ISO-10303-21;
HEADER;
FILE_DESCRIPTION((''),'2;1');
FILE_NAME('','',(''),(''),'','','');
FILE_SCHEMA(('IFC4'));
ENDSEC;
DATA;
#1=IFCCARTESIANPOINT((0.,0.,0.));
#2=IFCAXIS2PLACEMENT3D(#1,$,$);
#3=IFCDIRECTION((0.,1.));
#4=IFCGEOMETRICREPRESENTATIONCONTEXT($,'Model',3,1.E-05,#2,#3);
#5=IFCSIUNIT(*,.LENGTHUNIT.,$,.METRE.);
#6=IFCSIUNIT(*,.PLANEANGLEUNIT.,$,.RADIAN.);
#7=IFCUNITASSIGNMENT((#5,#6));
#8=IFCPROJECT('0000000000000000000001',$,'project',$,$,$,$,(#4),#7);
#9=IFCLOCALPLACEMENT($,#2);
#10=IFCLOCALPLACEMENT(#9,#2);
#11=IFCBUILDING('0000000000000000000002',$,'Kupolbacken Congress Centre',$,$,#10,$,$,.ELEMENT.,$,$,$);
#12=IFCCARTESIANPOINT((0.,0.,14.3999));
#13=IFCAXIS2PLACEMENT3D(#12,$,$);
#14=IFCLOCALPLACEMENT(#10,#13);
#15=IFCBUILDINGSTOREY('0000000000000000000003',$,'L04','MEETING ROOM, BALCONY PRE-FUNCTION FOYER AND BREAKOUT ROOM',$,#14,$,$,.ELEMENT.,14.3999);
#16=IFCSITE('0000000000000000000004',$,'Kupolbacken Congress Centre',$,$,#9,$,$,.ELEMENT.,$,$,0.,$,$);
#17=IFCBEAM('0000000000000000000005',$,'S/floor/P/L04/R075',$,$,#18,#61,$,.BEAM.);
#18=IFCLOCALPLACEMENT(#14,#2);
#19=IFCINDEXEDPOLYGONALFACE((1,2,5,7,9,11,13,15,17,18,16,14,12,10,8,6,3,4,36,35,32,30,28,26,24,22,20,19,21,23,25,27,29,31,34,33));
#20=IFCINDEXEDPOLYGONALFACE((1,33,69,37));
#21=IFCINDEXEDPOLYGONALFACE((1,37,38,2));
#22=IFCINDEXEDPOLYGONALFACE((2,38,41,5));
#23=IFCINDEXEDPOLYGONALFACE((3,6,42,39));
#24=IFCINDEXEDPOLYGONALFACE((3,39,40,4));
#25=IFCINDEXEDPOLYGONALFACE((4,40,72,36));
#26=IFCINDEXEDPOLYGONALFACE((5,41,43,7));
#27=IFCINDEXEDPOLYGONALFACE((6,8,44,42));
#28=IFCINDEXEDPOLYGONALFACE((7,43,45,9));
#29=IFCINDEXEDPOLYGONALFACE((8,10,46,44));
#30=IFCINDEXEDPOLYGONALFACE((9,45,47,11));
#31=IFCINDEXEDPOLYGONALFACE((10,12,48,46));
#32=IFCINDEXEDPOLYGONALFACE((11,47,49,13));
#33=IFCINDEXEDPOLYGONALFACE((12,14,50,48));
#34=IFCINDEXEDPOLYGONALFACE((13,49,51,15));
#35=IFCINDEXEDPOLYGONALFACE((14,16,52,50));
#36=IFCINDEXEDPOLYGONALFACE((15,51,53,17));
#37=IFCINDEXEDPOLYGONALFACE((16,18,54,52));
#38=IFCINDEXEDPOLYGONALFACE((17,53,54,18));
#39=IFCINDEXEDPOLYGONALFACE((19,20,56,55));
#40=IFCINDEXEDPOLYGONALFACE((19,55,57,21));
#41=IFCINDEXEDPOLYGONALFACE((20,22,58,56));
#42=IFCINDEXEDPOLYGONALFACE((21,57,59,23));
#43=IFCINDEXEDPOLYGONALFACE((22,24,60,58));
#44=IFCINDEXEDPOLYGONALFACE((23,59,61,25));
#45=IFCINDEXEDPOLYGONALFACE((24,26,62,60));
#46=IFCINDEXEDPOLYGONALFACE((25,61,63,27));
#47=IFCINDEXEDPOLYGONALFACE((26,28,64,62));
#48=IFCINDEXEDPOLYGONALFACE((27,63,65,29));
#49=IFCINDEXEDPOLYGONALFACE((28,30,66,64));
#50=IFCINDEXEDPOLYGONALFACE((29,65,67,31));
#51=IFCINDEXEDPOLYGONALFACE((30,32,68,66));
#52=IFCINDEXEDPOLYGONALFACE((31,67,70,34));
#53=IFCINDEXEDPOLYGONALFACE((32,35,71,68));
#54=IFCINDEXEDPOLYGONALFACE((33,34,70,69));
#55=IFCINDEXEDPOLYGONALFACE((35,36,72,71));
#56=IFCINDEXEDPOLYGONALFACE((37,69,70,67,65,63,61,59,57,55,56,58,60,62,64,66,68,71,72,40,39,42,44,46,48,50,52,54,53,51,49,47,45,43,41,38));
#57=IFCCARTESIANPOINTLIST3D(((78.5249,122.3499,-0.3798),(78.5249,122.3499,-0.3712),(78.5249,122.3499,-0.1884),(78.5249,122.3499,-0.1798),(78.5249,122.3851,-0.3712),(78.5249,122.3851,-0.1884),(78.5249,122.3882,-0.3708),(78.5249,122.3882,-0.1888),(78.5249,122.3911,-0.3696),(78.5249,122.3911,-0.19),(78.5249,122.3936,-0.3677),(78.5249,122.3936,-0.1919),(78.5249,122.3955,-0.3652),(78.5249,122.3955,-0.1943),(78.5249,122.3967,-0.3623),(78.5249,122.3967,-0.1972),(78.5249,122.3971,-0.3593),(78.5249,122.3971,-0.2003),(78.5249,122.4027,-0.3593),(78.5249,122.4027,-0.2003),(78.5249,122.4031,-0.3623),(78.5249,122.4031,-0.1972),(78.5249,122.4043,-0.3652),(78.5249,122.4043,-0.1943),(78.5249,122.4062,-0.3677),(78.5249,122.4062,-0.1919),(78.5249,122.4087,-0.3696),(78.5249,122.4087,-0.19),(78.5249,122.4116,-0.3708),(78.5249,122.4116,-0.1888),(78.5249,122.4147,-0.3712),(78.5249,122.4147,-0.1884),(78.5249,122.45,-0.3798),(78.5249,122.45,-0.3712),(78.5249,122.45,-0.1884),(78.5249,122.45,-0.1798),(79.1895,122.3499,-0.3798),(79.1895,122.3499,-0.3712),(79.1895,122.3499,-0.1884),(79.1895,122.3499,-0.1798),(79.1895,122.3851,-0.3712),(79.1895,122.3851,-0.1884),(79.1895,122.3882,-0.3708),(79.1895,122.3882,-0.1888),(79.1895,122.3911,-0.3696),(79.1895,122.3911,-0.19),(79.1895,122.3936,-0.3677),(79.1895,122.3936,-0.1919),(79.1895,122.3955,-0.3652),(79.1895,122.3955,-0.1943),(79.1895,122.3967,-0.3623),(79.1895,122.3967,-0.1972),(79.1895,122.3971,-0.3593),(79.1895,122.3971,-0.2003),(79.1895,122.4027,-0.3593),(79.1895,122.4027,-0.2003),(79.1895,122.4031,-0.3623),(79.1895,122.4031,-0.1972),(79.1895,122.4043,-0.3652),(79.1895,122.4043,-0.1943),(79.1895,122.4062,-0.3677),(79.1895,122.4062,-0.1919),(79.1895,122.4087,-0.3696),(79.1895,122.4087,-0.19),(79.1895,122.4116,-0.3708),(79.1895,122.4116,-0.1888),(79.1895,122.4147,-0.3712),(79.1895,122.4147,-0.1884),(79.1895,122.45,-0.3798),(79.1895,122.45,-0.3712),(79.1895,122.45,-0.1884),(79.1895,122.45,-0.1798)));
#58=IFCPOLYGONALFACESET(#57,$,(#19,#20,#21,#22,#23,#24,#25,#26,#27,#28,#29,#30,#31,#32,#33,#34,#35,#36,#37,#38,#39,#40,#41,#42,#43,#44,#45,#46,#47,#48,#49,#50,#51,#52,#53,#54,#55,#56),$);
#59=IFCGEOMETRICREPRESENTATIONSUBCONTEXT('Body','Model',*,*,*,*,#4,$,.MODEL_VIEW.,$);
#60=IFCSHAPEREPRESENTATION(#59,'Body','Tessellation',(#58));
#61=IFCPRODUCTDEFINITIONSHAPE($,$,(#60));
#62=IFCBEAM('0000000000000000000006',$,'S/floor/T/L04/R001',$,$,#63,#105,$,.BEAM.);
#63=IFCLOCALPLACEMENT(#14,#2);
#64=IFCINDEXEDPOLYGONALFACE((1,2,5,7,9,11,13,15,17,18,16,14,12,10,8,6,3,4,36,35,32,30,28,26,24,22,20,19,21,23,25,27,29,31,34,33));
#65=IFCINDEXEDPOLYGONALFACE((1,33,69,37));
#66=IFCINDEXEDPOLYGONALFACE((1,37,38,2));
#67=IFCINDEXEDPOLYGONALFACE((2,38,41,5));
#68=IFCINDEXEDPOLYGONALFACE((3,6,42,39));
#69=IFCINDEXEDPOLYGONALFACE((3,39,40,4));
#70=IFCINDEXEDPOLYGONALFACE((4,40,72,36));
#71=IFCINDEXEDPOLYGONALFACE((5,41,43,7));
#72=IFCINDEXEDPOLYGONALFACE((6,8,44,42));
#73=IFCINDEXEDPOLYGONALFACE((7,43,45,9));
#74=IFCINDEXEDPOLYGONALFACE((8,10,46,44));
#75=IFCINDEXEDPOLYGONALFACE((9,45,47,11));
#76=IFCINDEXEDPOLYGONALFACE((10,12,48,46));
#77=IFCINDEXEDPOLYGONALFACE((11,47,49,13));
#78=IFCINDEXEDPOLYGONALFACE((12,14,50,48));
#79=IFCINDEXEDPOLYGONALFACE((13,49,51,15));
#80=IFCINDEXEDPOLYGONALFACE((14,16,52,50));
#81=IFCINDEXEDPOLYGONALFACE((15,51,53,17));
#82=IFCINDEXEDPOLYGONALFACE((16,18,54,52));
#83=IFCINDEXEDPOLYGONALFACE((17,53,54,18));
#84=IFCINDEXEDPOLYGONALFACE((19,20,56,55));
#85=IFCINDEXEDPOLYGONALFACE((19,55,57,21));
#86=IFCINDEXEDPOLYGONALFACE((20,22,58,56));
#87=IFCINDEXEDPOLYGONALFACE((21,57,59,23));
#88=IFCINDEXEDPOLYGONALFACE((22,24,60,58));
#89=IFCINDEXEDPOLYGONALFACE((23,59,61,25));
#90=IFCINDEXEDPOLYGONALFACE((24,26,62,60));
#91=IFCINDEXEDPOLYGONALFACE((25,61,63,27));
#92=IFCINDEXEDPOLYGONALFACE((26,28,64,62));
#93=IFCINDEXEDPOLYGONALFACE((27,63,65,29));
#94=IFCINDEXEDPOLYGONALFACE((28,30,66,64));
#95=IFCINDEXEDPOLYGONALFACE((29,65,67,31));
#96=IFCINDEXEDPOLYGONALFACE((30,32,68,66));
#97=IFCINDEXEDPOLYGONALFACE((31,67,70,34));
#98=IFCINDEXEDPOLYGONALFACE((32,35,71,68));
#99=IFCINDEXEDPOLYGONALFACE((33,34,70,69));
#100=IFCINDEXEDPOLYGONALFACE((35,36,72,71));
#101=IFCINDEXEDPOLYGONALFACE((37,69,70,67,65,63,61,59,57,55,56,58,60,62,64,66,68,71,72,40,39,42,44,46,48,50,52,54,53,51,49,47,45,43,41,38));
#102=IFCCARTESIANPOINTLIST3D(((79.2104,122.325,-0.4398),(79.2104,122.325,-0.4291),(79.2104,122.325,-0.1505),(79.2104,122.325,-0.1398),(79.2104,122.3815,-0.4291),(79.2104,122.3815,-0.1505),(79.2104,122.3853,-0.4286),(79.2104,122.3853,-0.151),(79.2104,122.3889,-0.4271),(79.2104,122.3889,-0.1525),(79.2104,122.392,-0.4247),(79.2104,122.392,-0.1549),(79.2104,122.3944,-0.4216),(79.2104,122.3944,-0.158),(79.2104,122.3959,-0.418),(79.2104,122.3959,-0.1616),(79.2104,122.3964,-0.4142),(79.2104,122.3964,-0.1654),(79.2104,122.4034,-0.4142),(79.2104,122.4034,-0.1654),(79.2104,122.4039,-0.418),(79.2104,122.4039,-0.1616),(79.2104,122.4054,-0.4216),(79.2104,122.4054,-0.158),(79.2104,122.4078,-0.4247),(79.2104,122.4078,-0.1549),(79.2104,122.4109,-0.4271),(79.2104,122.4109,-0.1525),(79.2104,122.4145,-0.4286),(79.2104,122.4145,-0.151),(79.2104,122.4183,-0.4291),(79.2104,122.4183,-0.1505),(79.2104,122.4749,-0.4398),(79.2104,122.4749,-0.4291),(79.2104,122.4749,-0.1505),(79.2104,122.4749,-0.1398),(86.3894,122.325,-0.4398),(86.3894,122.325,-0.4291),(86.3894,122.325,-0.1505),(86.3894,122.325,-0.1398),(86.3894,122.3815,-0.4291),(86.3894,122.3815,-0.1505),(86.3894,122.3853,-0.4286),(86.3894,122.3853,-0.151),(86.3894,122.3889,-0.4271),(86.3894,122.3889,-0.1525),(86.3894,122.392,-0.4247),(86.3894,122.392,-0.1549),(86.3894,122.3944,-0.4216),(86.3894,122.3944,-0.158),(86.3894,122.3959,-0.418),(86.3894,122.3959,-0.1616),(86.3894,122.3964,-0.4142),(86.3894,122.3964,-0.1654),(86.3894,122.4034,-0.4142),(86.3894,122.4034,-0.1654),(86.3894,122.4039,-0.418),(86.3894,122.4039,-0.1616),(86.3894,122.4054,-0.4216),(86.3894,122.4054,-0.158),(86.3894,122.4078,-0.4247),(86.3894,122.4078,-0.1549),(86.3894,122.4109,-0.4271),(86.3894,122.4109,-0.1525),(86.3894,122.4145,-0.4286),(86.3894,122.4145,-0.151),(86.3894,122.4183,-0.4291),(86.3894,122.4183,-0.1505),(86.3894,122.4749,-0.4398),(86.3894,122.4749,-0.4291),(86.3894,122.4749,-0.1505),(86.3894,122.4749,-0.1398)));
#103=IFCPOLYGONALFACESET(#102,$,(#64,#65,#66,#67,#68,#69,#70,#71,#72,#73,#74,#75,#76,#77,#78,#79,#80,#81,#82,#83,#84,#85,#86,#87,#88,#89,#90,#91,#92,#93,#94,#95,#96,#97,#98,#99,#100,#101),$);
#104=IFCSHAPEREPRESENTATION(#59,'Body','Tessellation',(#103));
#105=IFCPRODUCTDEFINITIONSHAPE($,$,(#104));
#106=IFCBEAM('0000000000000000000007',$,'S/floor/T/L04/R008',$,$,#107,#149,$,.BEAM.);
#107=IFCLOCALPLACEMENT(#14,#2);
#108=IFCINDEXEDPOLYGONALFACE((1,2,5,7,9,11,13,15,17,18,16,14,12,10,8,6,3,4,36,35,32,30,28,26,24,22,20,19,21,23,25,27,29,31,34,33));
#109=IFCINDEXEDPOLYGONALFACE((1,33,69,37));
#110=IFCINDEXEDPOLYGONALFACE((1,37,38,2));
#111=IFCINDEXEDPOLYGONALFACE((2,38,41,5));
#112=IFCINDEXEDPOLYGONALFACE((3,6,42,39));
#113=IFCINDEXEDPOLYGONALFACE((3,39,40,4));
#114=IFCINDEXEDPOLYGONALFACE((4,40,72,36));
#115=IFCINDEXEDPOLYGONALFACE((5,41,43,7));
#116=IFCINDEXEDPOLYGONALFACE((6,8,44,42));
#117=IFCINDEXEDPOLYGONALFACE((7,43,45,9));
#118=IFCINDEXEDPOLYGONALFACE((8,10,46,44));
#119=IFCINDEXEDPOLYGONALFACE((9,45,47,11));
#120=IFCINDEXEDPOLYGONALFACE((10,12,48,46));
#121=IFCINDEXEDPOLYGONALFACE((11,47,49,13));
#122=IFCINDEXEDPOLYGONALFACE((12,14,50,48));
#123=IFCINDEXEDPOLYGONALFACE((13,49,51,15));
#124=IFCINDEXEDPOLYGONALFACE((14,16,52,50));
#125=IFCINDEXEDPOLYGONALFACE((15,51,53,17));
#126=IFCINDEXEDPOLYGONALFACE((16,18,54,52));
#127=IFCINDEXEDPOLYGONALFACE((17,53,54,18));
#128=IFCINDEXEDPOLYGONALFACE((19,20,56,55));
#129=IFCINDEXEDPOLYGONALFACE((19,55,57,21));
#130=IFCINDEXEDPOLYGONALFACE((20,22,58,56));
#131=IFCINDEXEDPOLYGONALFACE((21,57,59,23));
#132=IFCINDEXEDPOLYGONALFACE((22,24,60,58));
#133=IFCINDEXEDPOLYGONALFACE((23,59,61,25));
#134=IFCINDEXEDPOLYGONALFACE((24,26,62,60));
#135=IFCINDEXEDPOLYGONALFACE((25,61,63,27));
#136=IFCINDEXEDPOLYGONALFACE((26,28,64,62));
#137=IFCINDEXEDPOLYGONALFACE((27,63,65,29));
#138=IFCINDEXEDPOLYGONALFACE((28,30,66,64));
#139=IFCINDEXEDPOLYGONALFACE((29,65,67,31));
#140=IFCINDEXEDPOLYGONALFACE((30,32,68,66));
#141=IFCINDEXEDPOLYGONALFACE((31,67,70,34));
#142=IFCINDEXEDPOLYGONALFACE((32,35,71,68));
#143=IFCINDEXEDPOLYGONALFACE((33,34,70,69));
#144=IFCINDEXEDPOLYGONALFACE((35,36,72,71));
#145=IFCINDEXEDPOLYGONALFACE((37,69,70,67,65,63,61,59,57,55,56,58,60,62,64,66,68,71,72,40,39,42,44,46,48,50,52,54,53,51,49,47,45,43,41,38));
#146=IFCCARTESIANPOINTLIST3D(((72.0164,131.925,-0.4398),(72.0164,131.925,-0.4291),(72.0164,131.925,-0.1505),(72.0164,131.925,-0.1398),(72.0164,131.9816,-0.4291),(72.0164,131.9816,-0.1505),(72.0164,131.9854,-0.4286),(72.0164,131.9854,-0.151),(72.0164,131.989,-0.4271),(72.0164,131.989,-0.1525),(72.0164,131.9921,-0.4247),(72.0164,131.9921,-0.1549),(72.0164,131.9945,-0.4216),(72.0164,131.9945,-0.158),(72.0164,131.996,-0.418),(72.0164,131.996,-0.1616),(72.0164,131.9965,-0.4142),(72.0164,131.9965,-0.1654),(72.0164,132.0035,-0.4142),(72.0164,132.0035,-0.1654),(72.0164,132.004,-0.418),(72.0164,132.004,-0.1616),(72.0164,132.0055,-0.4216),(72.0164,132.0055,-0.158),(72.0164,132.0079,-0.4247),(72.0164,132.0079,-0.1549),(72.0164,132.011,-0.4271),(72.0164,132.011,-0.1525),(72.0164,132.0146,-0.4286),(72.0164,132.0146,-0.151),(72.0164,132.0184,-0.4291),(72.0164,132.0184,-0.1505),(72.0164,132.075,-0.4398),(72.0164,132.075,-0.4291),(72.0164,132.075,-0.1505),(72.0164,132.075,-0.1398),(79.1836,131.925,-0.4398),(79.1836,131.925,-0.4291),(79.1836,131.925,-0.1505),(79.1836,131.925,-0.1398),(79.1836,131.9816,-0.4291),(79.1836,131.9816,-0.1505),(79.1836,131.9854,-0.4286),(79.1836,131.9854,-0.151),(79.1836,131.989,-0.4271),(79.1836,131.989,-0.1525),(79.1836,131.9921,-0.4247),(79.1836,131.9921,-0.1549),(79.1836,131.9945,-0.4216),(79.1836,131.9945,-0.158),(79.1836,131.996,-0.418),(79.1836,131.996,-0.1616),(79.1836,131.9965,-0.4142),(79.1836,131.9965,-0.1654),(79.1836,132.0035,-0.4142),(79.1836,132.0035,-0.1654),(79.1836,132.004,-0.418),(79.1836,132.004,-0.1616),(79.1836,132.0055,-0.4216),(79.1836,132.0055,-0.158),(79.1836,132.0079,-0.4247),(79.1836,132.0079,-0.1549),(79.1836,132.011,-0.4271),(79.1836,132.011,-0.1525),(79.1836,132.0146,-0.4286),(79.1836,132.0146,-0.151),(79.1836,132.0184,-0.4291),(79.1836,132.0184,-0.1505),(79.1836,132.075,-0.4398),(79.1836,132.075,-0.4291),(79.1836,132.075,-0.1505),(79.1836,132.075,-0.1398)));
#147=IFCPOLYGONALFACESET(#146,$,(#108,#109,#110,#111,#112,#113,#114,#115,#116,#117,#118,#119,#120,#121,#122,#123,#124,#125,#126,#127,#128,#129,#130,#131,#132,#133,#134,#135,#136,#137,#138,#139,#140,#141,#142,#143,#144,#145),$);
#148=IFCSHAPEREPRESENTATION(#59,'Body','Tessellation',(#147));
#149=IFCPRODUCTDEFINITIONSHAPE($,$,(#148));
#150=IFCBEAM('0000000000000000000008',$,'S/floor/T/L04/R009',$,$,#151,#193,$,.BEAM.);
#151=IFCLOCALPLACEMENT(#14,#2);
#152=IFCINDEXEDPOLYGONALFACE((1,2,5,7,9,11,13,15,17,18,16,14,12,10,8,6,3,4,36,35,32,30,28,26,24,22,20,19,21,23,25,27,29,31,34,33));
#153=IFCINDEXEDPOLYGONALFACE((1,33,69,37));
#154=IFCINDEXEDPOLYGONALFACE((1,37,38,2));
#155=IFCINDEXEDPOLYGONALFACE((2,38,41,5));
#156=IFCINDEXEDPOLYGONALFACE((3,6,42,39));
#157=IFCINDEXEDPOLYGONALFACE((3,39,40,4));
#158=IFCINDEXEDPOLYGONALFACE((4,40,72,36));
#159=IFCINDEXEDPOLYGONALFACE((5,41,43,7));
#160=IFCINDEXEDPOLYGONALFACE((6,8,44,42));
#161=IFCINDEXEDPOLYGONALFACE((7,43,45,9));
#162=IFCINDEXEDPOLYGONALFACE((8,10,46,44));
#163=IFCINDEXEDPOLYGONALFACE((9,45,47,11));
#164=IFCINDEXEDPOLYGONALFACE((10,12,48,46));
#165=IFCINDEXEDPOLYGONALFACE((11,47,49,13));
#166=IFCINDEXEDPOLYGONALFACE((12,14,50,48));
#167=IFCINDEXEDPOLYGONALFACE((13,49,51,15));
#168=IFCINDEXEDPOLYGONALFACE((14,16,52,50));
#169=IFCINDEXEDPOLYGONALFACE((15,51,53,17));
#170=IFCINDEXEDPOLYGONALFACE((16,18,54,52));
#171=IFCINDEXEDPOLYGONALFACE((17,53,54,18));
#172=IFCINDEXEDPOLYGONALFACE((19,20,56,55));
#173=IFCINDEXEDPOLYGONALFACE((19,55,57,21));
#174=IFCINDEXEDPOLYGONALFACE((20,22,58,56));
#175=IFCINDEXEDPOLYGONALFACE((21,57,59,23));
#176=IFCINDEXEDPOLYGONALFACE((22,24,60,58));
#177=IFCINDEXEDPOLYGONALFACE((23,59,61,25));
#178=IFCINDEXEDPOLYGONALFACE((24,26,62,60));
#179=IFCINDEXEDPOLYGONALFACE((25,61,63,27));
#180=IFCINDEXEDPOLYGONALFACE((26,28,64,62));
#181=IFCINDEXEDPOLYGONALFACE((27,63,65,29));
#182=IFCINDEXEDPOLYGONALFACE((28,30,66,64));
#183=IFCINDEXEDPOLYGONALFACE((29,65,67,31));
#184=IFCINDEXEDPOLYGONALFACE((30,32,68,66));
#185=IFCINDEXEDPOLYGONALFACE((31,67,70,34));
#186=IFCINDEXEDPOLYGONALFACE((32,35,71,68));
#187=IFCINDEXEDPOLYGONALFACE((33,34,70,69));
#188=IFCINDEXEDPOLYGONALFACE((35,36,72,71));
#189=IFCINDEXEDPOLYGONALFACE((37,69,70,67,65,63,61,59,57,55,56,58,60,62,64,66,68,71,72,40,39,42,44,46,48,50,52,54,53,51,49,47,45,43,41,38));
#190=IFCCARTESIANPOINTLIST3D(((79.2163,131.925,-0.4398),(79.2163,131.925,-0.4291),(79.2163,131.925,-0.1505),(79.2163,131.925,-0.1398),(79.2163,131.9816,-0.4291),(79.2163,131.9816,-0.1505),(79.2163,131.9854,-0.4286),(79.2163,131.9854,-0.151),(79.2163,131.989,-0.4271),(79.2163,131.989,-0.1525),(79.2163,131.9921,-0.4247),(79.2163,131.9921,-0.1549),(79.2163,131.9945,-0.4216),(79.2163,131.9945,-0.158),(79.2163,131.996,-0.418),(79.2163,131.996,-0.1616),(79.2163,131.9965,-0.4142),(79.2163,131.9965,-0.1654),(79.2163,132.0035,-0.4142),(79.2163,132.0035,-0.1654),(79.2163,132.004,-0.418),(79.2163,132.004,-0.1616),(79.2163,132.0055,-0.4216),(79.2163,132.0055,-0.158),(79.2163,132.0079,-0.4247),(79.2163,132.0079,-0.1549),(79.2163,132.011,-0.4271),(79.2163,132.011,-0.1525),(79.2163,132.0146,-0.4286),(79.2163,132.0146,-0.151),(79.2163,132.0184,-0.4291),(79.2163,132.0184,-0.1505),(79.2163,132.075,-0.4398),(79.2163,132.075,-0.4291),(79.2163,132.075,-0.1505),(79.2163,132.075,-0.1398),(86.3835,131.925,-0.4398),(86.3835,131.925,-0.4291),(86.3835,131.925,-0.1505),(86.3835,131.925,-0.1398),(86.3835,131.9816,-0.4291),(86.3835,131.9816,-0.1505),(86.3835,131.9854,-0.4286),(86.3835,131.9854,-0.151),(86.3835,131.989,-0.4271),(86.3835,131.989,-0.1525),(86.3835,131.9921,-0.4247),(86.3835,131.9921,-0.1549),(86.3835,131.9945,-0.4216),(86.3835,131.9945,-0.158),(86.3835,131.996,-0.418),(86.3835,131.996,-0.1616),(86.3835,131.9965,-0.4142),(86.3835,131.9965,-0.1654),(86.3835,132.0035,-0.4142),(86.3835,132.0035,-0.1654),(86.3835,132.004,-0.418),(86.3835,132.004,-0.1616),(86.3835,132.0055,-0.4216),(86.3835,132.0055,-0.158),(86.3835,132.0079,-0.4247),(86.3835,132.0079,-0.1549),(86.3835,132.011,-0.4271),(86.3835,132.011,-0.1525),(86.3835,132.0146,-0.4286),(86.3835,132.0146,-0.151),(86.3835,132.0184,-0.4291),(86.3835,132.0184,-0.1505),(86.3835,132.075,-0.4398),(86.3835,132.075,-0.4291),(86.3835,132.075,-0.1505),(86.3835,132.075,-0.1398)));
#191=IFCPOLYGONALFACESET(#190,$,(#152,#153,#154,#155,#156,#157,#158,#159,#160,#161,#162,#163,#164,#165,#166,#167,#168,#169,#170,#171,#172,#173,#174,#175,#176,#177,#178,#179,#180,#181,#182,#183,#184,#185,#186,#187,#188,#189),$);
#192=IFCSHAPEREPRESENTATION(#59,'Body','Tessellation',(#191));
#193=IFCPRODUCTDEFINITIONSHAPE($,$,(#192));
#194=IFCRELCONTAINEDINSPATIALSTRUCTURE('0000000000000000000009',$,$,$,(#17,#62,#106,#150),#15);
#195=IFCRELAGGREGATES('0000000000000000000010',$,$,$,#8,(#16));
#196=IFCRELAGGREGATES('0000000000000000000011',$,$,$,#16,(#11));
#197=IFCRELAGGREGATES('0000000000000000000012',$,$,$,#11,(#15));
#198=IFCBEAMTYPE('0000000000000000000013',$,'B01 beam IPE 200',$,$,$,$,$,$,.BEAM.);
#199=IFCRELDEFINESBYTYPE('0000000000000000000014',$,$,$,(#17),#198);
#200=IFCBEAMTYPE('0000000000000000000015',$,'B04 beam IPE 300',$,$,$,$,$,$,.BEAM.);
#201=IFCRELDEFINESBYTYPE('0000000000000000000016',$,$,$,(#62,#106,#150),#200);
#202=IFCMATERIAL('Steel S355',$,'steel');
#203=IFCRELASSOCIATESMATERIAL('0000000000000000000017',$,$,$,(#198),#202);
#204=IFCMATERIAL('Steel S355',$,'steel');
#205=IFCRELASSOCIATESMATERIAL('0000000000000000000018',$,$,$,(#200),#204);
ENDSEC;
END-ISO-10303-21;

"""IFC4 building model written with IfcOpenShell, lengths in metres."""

from ifc_helpers import new_model, si_unit, direction, frame, origin, origin_2d, place, context, subcontext, project, spatial, i_section, extrude, material, material_profile, profile_set, type_object, element, save


model = new_model("IFC4")

# Units and contexts
model_context = context("Model", 3, precision=1e-05, world=origin(), true_north=direction((0.0, 1.0)))
body_context = subcontext(model_context, "Body", "Model", "MODEL_VIEW")
ifc_project = project(units=[si_unit("LENGTHUNIT", "METRE"), si_unit("PLANEANGLEUNIT", "RADIAN")], contexts=[model_context])

# Site, building, storey
site_placement = place(None, origin())
site = spatial("IfcSite", under=ifc_project, at=site_placement, Name="Kupolbacken Congress Centre", CompositionType="ELEMENT", RefElevation=0.0)
building_placement = place(site_placement, origin())
building = spatial("IfcBuilding", under=site, at=building_placement, Name="Kupolbacken Congress Centre", CompositionType="ELEMENT")
storey_placement = place(building_placement, frame((0.0, 0.0, 14.3999)))
storey = spatial("IfcBuildingStorey", under=building, at=storey_placement, Name="L04", Description="MEETING ROOM, BALCONY PRE-FUNCTION FOYER AND BREAKOUT ROOM", CompositionType="ELEMENT", Elevation=14.3999)

# Beams
ifc_material_1 = material(Name="Steel S355", Category="steel")
ifc_material_profile_1 = material_profile(ifc_material_1, i_section(OverallWidth=0.1001, OverallDepth=0.2, WebThickness=0.0056, FlangeThickness=0.0085, FilletRadius=0.012, at=origin_2d()), Name="IPE 200")
ifc_profile_set_1 = profile_set([ifc_material_profile_1], Name="Steel S355")
beam_type_1 = type_object("IfcBeamType", Name="B01 beam IPE 200", PredefinedType="BEAM", material=ifc_profile_set_1)
beam_1_placement = place(storey_placement, frame((78.5249, 122.3999, -0.2798), z_axis=(1.0, 0.0, 0.0), x_axis=(0.0, 1.0, 0.0)))
element("IfcBeam", 1, at=beam_1_placement, inside=storey, type_object=beam_type_1, Name="S/floor/P/L04/R075", PredefinedType="BEAM", context=body_context, shape_type="SweptSolid", body=[
    extrude(i_section(OverallWidth=0.1001, OverallDepth=0.2, WebThickness=0.0056, FlangeThickness=0.0085, FilletRadius=0.012, at=origin_2d()), origin(), (0.0, 0.0, 1.0), 0.6646),
])
ifc_material_2 = material(Name="Steel S355", Category="steel")
ifc_material_profile_2 = material_profile(ifc_material_2, i_section(OverallWidth=0.1499, OverallDepth=0.3, WebThickness=0.0071, FlangeThickness=0.0107, FilletRadius=0.0149, at=origin_2d()), Name="IPE 300")
ifc_profile_set_2 = profile_set([ifc_material_profile_2], Name="Steel S355")
beam_type_2 = type_object("IfcBeamType", Name="B04 beam IPE 300", PredefinedType="BEAM", material=ifc_profile_set_2)
beam_2_placement = place(storey_placement, frame((79.2104, 122.3999, -0.2898), z_axis=(1.0, 0.0, 0.0), x_axis=(0.0, 1.0, 0.0)))
element("IfcBeam", 2, at=beam_2_placement, inside=storey, type_object=beam_type_2, Name="S/floor/T/L04/R001", PredefinedType="BEAM", context=body_context, shape_type="SweptSolid", body=[
    extrude(i_section(OverallWidth=0.1499, OverallDepth=0.3, WebThickness=0.0071, FlangeThickness=0.0107, FilletRadius=0.0149, at=origin_2d()), origin(), (0.0, 0.0, 1.0), 7.179),
])
for number, where, z_axis, x_axis, name in (
    (3, (72.0164, 132.0, -0.2898), (1.0, 0.0, 0.0), (0.0, 1.0, 0.0), "S/floor/T/L04/R008"),
    (4, (79.2163, 132.0, -0.2898), (1.0, 0.0, 0.0), (0.0, 1.0, 0.0), "S/floor/T/L04/R009"),
):
    element("IfcBeam", number, at=place(storey_placement, frame(where, z_axis=z_axis, x_axis=x_axis)), inside=storey, type_object=beam_type_2, Name=name, PredefinedType="BEAM", context=body_context, shape_type="SweptSolid", body=[
        extrude(i_section(OverallWidth=0.1499, OverallDepth=0.3, WebThickness=0.0071, FlangeThickness=0.0107, FilletRadius=0.0149, at=origin_2d()), origin(), (0.0, 0.0, 1.0), 7.1672),
    ])

save(model, "model.ifc")
